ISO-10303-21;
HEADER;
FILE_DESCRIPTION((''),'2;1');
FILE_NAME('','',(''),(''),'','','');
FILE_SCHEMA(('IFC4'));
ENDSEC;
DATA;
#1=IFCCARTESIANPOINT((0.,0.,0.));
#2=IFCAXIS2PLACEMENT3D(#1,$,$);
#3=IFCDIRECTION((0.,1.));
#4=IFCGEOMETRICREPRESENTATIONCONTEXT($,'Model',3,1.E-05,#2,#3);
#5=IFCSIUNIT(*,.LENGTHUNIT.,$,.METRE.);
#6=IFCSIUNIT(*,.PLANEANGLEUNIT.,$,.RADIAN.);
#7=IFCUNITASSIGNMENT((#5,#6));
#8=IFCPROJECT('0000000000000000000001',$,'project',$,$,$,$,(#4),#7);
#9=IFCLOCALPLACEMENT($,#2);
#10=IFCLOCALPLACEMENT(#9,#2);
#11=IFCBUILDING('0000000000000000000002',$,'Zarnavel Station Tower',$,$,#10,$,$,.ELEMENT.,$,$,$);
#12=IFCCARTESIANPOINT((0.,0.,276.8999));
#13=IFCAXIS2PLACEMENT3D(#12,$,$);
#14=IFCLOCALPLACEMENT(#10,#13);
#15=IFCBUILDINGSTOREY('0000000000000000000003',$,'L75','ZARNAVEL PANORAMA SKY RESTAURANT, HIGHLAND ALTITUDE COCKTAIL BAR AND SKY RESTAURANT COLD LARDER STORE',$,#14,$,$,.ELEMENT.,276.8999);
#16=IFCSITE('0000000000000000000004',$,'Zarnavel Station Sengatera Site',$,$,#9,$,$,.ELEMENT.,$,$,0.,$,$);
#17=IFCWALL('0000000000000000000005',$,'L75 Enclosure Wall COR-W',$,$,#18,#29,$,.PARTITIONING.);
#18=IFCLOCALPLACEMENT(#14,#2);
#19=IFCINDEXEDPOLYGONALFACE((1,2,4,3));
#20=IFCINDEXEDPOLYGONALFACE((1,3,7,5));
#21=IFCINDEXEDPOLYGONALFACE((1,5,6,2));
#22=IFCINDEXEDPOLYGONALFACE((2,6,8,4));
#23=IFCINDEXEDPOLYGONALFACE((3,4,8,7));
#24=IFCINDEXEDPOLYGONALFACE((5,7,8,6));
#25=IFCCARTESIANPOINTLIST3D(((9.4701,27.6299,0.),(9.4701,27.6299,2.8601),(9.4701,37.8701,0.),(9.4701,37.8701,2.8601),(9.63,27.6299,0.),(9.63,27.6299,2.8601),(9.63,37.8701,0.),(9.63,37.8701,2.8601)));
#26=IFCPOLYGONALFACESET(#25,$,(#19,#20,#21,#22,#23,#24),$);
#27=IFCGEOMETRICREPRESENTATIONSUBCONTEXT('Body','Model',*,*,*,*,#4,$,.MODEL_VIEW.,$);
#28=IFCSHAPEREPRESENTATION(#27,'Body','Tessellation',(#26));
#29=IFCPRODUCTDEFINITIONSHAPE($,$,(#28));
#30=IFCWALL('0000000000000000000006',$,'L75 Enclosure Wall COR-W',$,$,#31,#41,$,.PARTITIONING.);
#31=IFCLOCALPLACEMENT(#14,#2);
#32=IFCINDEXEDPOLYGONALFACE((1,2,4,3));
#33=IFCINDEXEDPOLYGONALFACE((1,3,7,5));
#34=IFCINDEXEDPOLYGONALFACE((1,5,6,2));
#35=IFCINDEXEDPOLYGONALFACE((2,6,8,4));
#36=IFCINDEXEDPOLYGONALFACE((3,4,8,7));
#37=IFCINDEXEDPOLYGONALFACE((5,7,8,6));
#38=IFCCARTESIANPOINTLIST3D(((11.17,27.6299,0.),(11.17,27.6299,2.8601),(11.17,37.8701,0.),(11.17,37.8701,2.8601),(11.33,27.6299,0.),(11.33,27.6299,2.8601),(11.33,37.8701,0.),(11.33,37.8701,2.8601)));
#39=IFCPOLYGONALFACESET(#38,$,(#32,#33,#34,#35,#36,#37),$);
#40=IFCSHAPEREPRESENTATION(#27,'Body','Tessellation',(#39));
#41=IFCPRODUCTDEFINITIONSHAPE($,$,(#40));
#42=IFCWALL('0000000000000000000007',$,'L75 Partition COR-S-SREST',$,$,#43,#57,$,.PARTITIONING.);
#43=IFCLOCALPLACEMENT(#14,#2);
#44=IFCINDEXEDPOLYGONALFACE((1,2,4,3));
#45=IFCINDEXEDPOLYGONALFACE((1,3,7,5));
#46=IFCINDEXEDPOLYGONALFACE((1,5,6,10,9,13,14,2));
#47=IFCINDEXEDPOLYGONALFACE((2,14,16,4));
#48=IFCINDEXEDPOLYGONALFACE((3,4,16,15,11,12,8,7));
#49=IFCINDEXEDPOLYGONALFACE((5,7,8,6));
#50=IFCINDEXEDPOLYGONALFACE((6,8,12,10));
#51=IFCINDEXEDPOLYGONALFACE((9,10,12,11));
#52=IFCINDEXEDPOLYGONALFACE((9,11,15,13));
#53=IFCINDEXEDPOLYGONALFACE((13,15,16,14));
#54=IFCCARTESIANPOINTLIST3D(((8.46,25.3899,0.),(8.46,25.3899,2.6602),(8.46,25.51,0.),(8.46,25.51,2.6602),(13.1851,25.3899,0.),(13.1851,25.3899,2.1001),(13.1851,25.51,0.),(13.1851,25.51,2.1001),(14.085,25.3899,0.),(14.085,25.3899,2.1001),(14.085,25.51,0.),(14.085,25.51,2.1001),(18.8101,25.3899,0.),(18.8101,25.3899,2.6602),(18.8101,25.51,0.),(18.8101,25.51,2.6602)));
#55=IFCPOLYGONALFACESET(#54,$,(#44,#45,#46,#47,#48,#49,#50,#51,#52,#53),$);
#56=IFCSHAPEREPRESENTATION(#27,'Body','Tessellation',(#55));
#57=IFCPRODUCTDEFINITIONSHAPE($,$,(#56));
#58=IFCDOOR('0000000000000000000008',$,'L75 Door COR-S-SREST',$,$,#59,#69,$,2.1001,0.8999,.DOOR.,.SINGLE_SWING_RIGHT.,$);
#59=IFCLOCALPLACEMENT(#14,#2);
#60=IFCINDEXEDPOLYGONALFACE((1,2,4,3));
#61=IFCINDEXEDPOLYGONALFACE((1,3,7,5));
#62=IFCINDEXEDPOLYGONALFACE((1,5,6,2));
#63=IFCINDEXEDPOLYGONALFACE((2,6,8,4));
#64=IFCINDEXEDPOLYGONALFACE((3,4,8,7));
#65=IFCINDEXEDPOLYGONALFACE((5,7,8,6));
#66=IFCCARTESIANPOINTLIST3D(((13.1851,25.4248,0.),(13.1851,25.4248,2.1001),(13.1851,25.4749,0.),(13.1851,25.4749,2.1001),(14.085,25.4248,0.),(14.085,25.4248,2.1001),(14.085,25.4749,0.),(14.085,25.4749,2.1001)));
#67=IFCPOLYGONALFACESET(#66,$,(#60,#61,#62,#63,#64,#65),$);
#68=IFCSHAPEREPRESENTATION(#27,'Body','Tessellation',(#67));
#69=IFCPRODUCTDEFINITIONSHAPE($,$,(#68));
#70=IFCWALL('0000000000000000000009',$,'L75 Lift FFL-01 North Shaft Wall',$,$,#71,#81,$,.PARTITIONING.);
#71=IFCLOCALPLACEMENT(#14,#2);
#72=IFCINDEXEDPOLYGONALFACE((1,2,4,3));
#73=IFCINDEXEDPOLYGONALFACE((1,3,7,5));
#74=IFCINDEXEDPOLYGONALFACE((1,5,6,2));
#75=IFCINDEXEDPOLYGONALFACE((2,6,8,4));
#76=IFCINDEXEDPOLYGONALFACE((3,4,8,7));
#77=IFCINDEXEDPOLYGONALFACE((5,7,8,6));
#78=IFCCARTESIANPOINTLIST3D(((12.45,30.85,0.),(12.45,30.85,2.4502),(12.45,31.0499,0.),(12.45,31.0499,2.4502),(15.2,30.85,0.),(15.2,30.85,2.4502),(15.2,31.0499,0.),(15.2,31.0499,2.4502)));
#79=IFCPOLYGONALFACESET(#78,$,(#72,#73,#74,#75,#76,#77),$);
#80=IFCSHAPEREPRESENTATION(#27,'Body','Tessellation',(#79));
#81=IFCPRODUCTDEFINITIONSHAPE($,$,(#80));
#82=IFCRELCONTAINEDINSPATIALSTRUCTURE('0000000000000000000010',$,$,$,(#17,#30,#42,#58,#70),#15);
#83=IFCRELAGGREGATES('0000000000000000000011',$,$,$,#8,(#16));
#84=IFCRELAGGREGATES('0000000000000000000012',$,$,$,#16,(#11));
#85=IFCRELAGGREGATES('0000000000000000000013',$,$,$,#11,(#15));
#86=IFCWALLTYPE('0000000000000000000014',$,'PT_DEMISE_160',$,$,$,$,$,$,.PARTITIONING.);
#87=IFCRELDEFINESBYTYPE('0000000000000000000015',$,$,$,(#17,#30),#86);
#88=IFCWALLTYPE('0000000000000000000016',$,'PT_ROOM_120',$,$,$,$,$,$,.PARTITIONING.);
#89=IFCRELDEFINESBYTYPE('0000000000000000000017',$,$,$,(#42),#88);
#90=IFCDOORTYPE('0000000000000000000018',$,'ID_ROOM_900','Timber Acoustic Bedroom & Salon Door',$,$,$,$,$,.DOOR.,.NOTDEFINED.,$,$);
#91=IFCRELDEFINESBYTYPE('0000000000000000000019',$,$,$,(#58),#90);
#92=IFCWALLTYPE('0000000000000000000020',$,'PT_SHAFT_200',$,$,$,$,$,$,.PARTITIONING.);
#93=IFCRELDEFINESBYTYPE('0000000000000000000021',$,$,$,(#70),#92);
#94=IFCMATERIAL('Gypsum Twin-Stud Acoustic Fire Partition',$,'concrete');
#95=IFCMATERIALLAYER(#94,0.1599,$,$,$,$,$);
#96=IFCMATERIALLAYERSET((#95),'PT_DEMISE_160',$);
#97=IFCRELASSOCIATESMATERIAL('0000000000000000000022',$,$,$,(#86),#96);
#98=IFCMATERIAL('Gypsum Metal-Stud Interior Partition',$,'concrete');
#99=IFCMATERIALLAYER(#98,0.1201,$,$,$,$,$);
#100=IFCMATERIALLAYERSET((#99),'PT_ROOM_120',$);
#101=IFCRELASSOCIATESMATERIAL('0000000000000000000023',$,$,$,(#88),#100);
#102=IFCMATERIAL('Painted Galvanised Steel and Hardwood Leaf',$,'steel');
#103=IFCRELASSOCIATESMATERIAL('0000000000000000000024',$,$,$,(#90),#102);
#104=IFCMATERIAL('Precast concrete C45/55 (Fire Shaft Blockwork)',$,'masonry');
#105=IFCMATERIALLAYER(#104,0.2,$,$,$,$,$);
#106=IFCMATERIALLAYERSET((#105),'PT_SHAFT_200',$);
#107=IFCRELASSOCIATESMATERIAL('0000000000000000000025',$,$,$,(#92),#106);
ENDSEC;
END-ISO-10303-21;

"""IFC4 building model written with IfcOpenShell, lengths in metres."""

from ifc_helpers import new_model, si_unit, direction, frame, frame_2d, origin, place, context, subcontext, project, spatial, rectangle, extrude, material, layer, layer_set, type_object, element, fill, save


model = new_model("IFC4")

# Units and contexts
model_context = context("Model", 3, precision=1e-05, world=origin(), true_north=direction((0.0, 1.0)))
body_context = subcontext(model_context, "Body", "Model", "MODEL_VIEW")
ifc_project = project(units=[si_unit("LENGTHUNIT", "METRE"), si_unit("PLANEANGLEUNIT", "RADIAN")], contexts=[model_context])

# Site, building, storey
site_placement = place(None, origin())
site = spatial("IfcSite", under=ifc_project, at=site_placement, Name="Zarnavel Station Sengatera Site", CompositionType="ELEMENT", RefElevation=0.0)
building_placement = place(site_placement, origin())
building = spatial("IfcBuilding", under=site, at=building_placement, Name="Zarnavel Station Tower", CompositionType="ELEMENT")
storey_placement = place(building_placement, frame((0.0, 0.0, 276.8999)))
storey = spatial("IfcBuildingStorey", under=building, at=storey_placement, Name="L75", Description="ZARNAVEL PANORAMA SKY RESTAURANT, HIGHLAND ALTITUDE COCKTAIL BAR AND SKY RESTAURANT COLD LARDER STORE", CompositionType="ELEMENT", Elevation=276.8999)

# Walls
ifc_material_1 = material(Name="Gypsum Twin-Stud Acoustic Fire Partition", Category="concrete")
ifc_layer_1 = layer(ifc_material_1, 0.1599)
ifc_layer_set_1 = layer_set([ifc_layer_1], Name="PT_DEMISE_160")
wall_type_1 = type_object("IfcWallType", Name="PT_DEMISE_160", PredefinedType="PARTITIONING", material=ifc_layer_set_1)
for number, where, z_axis, x_axis, name in (
    (1, (9.55, 27.6299, 0.0), (0.0, 0.0, 1.0), (0.0, 1.0, 0.0), "L75 Enclosure Wall COR-W"),
    (2, (11.25, 27.6299, 0.0), (0.0, 0.0, 1.0), (0.0, 1.0, 0.0), "L75 Enclosure Wall COR-W"),
):
    element("IfcWall", number, at=place(storey_placement, frame(where, z_axis=z_axis, x_axis=x_axis)), inside=storey, type_object=wall_type_1, Name=name, PredefinedType="PARTITIONING", context=body_context, shape_type="SweptSolid", body=[
        extrude(rectangle(XDim=10.2402, YDim=0.1599, at=frame_2d((5.1201, 0.0))), origin(), (0.0, 0.0, 1.0), 2.8601),
    ])

# Wall, opening, door
ifc_material_2 = material(Name="Gypsum Metal-Stud Interior Partition", Category="concrete")
ifc_layer_2 = layer(ifc_material_2, 0.1201)
ifc_layer_set_2 = layer_set([ifc_layer_2], Name="PT_ROOM_120")
wall_type_2 = type_object("IfcWallType", Name="PT_ROOM_120", PredefinedType="PARTITIONING", material=ifc_layer_set_2)
wall_1_placement = place(storey_placement, frame((8.46, 25.45, 0.0), z_axis=(0.0, 0.0, 1.0), x_axis=(1.0, 0.0, 0.0)))
wall_1 = element("IfcWall", 3, at=wall_1_placement, inside=storey, type_object=wall_type_2, Name="L75 Partition COR-S-SREST", PredefinedType="PARTITIONING", context=body_context, shape_type="SweptSolid", body=[
    extrude(rectangle(XDim=10.3501, YDim=0.1201, at=frame_2d((5.175, 0.0))), origin(), (0.0, 0.0, 1.0), 2.6602),
])
opening_1_placement = place(wall_1_placement, frame((4.7251, 0.0, 0.0)))
opening_1 = element("IfcOpeningElement", 4, at=opening_1_placement, cuts=wall_1, PredefinedType="OPENING", context=body_context, shape_type="SweptSolid", body=[
    extrude(rectangle(XDim=0.8999, YDim=2.1001, at=frame_2d((0.45, 1.05))), frame((0.0, 0.0701, 0.0), z_axis=(0.0, -1.0, 0.0), x_axis=(1.0, 0.0, 0.0)), (0.0, 0.0, 1.0), 0.1401),
])
ifc_material_3 = material(Name="Painted Galvanised Steel and Hardwood Leaf", Category="steel")
door_type_1 = type_object("IfcDoorType", Name="ID_ROOM_900", Description="Timber Acoustic Bedroom & Salon Door", OperationType="NOTDEFINED", PredefinedType="DOOR", material=ifc_material_3)
door_1_placement = place(opening_1_placement, origin())
door_1 = element("IfcDoor", 5, at=door_1_placement, inside=storey, type_object=door_type_1, Name="L75 Door COR-S-SREST", OperationType="SINGLE_SWING_RIGHT", OverallHeight=2.1001, OverallWidth=0.8999, PredefinedType="DOOR", context=body_context, shape_type="SweptSolid", body=[
    extrude(rectangle(XDim=0.8999, YDim=2.1001, at=frame_2d((0.45, 1.05))), frame((0.0, 0.0249, 0.0), z_axis=(0.0, -1.0, 0.0), x_axis=(1.0, 0.0, 0.0)), (0.0, 0.0, 1.0), 0.05),
])
fill(opening_1, door_1)
ifc_material_4 = material(Name="Precast concrete C45/55 (Fire Shaft Blockwork)", Category="masonry")
ifc_layer_3 = layer(ifc_material_4, 0.2)
ifc_layer_set_3 = layer_set([ifc_layer_3], Name="PT_SHAFT_200")
wall_type_3 = type_object("IfcWallType", Name="PT_SHAFT_200", PredefinedType="PARTITIONING", material=ifc_layer_set_3)

# Wall
wall_2_placement = place(storey_placement, frame((12.45, 30.95, 0.0), z_axis=(0.0, 0.0, 1.0), x_axis=(1.0, 0.0, 0.0)))
element("IfcWall", 6, at=wall_2_placement, inside=storey, type_object=wall_type_3, Name="L75 Lift FFL-01 North Shaft Wall", PredefinedType="PARTITIONING", context=body_context, shape_type="SweptSolid", body=[
    extrude(rectangle(XDim=2.75, YDim=0.2, at=frame_2d((1.375, 0.0))), origin(), (0.0, 0.0, 1.0), 2.4502),
])

save(model, "model.ifc")
